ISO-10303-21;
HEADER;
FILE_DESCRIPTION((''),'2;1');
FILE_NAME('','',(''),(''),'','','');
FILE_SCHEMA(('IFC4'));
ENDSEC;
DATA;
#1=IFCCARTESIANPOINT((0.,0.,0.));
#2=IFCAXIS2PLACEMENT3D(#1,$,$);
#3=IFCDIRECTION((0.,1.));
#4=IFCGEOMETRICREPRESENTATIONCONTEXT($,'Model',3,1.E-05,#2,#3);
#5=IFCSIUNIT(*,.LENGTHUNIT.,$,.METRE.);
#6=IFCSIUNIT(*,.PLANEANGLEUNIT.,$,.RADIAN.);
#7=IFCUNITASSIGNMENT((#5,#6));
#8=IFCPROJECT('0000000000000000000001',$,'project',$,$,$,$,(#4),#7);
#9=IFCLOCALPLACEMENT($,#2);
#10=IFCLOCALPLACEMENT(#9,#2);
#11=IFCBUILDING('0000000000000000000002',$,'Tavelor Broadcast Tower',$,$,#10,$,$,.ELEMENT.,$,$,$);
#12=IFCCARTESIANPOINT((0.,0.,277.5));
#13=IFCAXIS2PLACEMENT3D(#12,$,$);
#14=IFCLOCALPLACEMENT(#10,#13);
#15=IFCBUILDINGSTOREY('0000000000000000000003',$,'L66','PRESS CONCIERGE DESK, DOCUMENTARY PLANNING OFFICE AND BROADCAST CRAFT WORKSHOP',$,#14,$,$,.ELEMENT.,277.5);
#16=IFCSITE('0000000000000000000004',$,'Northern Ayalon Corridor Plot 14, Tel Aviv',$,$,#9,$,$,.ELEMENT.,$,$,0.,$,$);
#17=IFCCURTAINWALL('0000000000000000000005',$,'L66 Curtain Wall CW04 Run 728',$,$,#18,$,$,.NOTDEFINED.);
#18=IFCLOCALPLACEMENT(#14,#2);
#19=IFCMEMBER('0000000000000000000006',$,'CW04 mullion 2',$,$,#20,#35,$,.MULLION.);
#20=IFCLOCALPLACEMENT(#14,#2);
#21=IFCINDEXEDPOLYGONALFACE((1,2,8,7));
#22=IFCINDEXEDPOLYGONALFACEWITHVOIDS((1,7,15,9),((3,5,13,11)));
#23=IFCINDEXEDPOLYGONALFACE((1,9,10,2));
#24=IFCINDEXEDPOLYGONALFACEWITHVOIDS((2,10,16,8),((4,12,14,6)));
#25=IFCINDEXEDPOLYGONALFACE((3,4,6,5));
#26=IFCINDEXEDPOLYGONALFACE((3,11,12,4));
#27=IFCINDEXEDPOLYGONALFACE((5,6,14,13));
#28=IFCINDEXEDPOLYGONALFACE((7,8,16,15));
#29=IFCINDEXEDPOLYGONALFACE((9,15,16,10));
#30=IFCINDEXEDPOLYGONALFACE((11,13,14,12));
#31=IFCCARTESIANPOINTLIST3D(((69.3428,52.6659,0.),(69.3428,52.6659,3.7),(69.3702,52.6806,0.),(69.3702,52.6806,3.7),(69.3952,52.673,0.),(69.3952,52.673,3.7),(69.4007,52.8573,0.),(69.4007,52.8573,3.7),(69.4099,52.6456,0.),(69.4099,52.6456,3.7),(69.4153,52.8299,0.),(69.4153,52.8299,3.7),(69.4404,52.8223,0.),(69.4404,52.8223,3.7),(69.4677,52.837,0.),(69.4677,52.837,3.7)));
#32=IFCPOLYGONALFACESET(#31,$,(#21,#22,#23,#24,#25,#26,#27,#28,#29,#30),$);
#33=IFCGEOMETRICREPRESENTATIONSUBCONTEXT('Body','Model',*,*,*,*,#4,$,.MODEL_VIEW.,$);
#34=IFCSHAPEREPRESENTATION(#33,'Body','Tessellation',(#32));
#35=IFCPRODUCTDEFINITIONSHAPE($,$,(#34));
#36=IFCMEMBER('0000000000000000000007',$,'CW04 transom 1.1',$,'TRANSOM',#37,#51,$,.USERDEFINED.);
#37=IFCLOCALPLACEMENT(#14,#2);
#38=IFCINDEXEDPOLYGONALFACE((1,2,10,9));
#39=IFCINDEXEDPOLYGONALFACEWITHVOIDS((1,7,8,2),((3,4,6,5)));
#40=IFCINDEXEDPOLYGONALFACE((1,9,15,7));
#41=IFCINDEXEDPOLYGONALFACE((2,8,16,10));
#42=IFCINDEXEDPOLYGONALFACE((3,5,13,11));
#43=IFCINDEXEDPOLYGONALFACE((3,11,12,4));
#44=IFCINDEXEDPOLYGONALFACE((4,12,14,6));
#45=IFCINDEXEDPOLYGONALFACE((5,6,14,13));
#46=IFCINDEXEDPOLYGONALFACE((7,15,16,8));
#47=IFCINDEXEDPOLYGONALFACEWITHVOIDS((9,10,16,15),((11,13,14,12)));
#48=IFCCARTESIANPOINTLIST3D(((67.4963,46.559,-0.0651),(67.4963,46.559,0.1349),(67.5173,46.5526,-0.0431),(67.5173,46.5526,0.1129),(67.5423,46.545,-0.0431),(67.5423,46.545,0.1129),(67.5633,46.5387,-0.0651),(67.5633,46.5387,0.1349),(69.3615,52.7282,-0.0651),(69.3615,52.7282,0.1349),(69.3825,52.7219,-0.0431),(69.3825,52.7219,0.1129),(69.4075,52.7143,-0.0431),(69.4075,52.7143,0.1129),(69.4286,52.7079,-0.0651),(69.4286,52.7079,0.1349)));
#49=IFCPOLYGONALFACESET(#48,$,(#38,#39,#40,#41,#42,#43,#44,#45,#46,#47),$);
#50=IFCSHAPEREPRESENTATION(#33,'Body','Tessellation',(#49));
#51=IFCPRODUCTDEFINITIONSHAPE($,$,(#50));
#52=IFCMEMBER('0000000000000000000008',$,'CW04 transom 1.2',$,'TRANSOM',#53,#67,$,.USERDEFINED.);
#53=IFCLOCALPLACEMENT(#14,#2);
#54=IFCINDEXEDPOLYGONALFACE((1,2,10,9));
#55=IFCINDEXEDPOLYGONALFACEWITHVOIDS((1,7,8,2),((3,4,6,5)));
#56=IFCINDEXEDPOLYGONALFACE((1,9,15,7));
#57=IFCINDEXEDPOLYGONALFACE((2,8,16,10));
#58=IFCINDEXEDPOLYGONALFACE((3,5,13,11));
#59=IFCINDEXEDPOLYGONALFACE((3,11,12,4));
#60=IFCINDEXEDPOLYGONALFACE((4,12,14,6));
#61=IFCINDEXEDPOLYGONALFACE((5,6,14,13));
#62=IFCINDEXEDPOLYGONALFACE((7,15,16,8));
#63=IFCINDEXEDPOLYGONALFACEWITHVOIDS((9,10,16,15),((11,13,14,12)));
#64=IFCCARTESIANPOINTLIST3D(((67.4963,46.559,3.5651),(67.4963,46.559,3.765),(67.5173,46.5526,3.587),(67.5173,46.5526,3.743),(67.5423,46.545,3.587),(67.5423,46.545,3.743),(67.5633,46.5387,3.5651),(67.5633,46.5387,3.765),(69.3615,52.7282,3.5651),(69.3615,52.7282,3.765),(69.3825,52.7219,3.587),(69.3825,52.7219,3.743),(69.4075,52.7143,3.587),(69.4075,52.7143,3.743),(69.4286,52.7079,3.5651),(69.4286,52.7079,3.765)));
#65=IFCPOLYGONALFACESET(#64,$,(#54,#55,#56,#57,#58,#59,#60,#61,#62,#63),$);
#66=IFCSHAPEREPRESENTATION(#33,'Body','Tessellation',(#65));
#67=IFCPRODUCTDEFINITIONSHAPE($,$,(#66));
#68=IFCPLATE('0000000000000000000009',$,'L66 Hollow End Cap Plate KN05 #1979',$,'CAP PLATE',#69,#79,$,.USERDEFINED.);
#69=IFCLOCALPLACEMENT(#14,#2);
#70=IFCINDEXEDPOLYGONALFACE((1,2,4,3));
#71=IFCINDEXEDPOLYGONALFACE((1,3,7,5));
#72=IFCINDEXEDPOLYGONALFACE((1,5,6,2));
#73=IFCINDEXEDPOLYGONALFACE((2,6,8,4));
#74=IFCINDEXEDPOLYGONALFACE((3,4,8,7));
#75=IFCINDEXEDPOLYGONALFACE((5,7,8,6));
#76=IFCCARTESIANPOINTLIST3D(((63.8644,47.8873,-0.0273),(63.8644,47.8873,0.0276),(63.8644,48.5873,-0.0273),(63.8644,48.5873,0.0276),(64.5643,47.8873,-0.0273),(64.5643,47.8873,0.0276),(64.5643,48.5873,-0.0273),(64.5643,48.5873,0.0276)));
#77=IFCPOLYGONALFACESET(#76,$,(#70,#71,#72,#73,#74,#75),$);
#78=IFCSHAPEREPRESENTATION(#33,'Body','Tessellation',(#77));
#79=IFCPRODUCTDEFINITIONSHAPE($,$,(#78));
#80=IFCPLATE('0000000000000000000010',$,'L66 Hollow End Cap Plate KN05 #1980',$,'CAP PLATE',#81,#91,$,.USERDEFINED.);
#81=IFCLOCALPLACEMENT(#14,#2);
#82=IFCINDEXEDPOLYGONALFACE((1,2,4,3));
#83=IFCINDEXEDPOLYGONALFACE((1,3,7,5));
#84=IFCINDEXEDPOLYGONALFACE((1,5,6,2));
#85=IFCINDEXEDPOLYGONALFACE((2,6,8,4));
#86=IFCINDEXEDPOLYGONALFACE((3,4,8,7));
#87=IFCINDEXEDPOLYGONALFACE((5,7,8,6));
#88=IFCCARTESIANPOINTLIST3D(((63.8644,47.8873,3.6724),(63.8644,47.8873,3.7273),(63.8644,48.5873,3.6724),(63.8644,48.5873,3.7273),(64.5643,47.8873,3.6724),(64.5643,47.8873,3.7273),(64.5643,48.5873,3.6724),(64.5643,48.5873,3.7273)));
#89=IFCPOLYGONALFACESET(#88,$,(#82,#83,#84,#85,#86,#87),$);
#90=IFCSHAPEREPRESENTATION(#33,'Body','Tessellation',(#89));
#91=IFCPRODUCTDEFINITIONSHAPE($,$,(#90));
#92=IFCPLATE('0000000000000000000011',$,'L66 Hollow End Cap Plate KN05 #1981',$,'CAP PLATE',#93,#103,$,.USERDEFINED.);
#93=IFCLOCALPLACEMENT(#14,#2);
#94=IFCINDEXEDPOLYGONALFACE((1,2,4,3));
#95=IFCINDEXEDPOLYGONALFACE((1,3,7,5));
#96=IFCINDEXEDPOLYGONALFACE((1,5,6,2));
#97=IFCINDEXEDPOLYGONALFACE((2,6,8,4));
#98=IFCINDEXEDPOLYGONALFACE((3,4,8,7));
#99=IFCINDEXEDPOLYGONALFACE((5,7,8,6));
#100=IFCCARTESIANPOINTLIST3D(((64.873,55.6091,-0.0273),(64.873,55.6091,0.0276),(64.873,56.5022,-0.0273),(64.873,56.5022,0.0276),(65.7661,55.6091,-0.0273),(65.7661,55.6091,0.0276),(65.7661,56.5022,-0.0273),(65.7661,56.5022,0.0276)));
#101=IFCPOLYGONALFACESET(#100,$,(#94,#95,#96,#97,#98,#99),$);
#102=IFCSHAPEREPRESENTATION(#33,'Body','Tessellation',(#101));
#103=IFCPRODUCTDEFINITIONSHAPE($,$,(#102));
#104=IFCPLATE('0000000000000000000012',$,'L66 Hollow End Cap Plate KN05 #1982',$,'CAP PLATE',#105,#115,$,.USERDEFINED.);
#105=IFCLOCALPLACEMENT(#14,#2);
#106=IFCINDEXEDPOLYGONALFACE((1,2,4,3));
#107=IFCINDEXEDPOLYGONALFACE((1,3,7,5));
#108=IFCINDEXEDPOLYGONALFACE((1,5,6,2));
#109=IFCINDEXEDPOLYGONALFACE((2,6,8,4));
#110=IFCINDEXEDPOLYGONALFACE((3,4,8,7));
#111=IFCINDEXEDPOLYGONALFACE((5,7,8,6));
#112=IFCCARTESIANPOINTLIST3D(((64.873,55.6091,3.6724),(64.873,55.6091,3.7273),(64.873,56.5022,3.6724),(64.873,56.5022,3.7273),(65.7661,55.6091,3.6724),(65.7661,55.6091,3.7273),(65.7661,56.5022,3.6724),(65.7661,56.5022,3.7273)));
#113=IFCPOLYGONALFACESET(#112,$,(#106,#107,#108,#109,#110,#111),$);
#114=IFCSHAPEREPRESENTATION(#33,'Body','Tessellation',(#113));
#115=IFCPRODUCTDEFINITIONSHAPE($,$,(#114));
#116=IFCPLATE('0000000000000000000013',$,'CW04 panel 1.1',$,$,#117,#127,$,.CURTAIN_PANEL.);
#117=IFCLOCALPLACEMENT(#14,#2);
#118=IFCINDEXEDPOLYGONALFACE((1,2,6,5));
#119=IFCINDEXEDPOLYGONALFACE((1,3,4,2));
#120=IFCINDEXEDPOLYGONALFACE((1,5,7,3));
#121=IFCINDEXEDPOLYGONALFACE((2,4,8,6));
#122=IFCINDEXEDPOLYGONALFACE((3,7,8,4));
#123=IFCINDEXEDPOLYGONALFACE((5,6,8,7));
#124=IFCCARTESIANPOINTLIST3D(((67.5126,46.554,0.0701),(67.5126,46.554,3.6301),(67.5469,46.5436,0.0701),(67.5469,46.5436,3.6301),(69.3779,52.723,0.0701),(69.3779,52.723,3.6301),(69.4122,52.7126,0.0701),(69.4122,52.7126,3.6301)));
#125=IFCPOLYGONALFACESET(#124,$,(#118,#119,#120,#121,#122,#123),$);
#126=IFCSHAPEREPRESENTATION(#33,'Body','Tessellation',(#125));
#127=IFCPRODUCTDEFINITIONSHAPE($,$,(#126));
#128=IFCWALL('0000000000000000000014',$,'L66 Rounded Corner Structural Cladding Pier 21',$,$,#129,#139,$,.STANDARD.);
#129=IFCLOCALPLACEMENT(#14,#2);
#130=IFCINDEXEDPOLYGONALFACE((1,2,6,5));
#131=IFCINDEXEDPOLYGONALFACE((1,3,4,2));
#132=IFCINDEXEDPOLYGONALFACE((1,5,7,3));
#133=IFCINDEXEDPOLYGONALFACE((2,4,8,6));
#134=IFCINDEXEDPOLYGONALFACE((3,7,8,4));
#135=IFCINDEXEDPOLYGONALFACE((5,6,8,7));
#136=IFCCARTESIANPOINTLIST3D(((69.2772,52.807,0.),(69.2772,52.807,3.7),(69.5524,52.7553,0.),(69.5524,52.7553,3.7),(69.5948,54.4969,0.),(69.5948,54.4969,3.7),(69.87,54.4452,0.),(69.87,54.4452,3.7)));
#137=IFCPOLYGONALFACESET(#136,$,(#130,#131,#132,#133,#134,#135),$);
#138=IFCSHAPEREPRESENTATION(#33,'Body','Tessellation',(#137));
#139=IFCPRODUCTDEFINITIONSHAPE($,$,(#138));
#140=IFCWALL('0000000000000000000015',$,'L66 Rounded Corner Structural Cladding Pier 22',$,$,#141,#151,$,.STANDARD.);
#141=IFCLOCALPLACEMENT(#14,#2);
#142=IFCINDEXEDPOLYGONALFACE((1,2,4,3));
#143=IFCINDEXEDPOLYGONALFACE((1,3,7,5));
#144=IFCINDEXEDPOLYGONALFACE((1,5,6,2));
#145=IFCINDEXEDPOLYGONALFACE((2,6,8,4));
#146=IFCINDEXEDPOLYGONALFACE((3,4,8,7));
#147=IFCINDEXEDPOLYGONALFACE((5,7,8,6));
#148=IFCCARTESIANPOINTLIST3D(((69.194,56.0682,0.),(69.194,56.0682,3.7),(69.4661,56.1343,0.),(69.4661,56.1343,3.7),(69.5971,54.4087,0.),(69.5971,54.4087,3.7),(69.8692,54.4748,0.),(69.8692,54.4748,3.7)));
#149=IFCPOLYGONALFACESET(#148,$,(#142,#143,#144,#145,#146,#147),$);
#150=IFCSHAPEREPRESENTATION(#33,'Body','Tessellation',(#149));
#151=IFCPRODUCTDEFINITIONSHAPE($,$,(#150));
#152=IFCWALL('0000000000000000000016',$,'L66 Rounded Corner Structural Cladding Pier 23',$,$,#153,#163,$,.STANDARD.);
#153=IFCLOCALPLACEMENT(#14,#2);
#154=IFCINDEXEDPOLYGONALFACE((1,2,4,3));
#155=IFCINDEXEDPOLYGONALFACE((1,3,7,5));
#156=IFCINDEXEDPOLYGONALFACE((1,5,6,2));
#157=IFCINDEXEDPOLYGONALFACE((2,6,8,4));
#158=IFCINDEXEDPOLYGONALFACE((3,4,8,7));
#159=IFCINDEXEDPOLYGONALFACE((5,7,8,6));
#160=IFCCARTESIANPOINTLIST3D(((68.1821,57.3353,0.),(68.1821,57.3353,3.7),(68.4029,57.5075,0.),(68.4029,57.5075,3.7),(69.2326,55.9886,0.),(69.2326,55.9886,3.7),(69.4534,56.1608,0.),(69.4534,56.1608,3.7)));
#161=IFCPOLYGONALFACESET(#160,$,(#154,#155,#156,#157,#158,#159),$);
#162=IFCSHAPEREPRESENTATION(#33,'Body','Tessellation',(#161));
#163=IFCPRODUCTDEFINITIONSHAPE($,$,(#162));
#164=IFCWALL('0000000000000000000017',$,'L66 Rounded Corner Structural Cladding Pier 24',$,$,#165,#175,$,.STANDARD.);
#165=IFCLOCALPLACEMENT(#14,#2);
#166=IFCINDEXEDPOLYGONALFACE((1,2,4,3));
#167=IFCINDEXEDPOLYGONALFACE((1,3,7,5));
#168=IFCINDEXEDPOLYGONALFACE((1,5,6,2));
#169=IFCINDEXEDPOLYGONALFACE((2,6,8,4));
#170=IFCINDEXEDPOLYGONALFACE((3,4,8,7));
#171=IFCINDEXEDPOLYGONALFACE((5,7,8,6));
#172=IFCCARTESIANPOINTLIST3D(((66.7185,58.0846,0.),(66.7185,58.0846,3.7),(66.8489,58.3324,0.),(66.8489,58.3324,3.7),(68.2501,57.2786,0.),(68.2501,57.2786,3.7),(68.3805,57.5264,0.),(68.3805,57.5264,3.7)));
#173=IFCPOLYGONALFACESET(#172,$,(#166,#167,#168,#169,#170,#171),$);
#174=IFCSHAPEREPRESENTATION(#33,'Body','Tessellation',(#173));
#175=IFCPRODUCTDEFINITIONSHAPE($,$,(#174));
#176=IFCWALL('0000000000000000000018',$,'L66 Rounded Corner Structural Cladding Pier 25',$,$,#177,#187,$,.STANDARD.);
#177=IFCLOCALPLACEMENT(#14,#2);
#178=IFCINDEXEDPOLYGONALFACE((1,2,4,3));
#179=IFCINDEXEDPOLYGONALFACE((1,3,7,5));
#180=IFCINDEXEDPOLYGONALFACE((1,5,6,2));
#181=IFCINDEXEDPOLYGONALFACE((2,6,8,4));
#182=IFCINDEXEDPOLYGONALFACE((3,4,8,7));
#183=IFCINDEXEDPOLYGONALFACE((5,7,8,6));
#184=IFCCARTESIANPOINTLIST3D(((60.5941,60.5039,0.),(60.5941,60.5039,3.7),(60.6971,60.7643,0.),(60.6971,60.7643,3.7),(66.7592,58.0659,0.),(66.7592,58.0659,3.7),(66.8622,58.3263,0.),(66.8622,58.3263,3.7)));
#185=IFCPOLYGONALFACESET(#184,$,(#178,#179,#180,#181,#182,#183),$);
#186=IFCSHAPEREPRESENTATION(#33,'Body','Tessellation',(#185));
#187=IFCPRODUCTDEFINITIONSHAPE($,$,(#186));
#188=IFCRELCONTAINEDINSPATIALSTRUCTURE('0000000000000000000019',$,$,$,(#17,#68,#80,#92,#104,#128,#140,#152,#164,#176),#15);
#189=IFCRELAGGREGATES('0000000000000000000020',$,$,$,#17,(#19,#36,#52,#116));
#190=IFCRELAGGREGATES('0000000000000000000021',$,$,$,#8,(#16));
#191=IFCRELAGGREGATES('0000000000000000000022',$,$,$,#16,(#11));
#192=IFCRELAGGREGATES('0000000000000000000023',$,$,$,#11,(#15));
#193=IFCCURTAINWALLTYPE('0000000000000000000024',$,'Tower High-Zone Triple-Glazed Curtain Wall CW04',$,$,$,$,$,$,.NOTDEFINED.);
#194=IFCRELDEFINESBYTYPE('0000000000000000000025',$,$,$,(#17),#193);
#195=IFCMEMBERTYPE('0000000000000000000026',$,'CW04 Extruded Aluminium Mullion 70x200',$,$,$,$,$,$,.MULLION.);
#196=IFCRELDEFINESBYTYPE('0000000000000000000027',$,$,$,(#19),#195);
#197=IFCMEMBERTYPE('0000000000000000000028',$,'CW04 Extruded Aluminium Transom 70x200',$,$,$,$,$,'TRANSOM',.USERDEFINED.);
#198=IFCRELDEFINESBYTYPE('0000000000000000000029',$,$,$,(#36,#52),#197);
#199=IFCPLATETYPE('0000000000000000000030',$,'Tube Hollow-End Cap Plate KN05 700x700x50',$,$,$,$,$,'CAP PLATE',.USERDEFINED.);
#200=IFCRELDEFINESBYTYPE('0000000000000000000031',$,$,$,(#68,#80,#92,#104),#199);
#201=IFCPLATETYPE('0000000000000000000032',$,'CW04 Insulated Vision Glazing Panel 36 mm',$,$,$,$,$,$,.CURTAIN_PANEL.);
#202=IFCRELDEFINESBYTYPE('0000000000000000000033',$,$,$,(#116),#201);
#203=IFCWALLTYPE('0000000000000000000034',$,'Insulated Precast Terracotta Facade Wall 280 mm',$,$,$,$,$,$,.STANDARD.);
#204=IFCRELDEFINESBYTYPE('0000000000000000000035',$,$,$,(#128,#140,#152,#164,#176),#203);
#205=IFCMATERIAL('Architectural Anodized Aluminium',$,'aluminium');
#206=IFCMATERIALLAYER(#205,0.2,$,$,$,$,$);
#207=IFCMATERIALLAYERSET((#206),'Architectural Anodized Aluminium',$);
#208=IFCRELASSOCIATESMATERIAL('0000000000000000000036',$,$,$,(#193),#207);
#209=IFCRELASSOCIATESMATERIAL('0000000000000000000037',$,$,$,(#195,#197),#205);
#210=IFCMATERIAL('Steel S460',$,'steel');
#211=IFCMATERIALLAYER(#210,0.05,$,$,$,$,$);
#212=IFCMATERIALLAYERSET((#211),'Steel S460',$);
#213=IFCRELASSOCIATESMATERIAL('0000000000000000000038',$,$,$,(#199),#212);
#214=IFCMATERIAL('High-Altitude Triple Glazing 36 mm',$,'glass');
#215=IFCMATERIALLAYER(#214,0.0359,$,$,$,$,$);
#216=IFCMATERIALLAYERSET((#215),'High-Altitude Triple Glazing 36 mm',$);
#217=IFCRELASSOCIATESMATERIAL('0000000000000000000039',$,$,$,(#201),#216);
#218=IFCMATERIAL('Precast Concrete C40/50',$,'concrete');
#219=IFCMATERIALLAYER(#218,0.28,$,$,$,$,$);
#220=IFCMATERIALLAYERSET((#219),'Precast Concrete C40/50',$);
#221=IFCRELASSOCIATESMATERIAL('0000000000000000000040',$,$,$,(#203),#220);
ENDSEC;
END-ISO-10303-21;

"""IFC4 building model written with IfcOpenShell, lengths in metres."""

from ifc_helpers import new_model, si_unit, direction, frame, frame_2d, origin, origin_2d, place, context, subcontext, project, spatial, rectangle, hollow_rectangle, extrude, source, transform, mapped, material, layer, layer_set, material_profile, profile_set, type_object, type_shapes, element, aggregate, save


model = new_model("IFC4")

# Units and contexts
model_context = context("Model", 3, precision=1e-05, world=origin(), true_north=direction((0.0, 1.0)))
body_context = subcontext(model_context, "Body", "Model", "MODEL_VIEW")
ifc_project = project(units=[si_unit("LENGTHUNIT", "METRE"), si_unit("PLANEANGLEUNIT", "RADIAN")], contexts=[model_context])

# Site, building, storey
site_placement = place(None, origin())
site = spatial("IfcSite", under=ifc_project, at=site_placement, Name="Northern Ayalon Corridor Plot 14, Tel Aviv", CompositionType="ELEMENT", RefElevation=0.0)
building_placement = place(site_placement, origin())
building = spatial("IfcBuilding", under=site, at=building_placement, Name="Tavelor Broadcast Tower", CompositionType="ELEMENT")
storey_placement = place(building_placement, frame((0.0, 0.0, 277.5)))
storey = spatial("IfcBuildingStorey", under=building, at=storey_placement, Name="L66", Description="PRESS CONCIERGE DESK, DOCUMENTARY PLANNING OFFICE AND BROADCAST CRAFT WORKSHOP", CompositionType="ELEMENT", Elevation=277.5)

# Shared definitions
ifc_material_1 = material(Name="Steel S460", Category="steel")

# Shared definitions
ifc_material_2 = material(Name="Architectural Anodized Aluminium", Category="aluminium")
ifc_layer_1 = layer(ifc_material_2, 0.2)
ifc_layer_set_1 = layer_set([ifc_layer_1], Name="Architectural Anodized Aluminium")
curtain_wall_type = type_object("IfcCurtainWallType", Name="Tower High-Zone Triple-Glazed Curtain Wall CW04", PredefinedType="NOTDEFINED", material=ifc_layer_set_1)
ifc_material_profile_1 = material_profile(ifc_material_2, hollow_rectangle(XDim=0.0701, YDim=0.2, WallThickness=0.022, at=origin_2d()), Name="RHS 70x200x22")
ifc_profile_set_1 = profile_set([ifc_material_profile_1], Name="Architectural Anodized Aluminium")
member_type_1 = type_object("IfcMemberType", Name="CW04 Extruded Aluminium Mullion 70x200", PredefinedType="MULLION", material=ifc_profile_set_1)
shared_shape_1 = source(origin(), body_context, "Body", "SweptSolid", [
    extrude(hollow_rectangle(XDim=0.0701, YDim=0.2, WallThickness=0.022, at=origin_2d()), origin(), (0.0, 0.0, 1.0), 3.7),
])
type_shapes(member_type_1, [shared_shape_1])

# Curtain wall, members
curtain_wall_1_placement = place(storey_placement, origin())
curtain_wall_1 = element("IfcCurtainWall", 1, at=curtain_wall_1_placement, inside=storey, type_object=curtain_wall_type, Name="L66 Curtain Wall CW04 Run 728", PredefinedType="NOTDEFINED")
member_1_placement = place(storey_placement, frame((69.4053, 52.7515, 0.0), z_axis=(0.0, 0.0, 1.0), x_axis=(-0.957201, 0.289423, 0.0)))
member_1 = element("IfcMember", 2, at=member_1_placement, type_object=member_type_1, Name="CW04 mullion 2", PredefinedType="MULLION", context=body_context, shape_type="MappedRepresentation", body=[
    mapped(shared_shape_1, transform((0.0, 0.0, 0.0), scale=1.0)),
])
ifc_material_profile_2 = material_profile(ifc_material_2, hollow_rectangle(XDim=0.0701, YDim=0.2, WallThickness=0.022, at=origin_2d()), Name="RHS 70x200x22")
ifc_profile_set_2 = profile_set([ifc_material_profile_2], Name="Architectural Anodized Aluminium")
member_type_2 = type_object("IfcMemberType", Name="CW04 Extruded Aluminium Transom 70x200", ElementType="TRANSOM", PredefinedType="USERDEFINED", material=ifc_profile_set_2)
shared_shape_2 = source(origin(), body_context, "Body", "SweptSolid", [
    extrude(hollow_rectangle(XDim=0.0701, YDim=0.2, WallThickness=0.022, at=origin_2d()), origin(), (0.0, 0.0, 1.0), 6.4451),
])
type_shapes(member_type_2, [shared_shape_2])
member_2_placement = place(storey_placement, frame((67.5298, 46.5488, 0.0349), z_axis=(0.289408, 0.957206, 0.0), x_axis=(-0.957206, 0.289408, 0.0)))
member_2 = element("IfcMember", 3, at=member_2_placement, type_object=member_type_2, Name="CW04 transom 1.1", ObjectType="TRANSOM", PredefinedType="USERDEFINED", context=body_context, shape_type="MappedRepresentation", body=[
    mapped(shared_shape_2, transform((0.0, 0.0, 0.0), scale=1.0)),
])
member_3_placement = place(storey_placement, frame((67.5298, 46.5488, 3.665), z_axis=(0.289408, 0.957206, 0.0), x_axis=(-0.957206, 0.289408, 0.0)))
member_3 = element("IfcMember", 4, at=member_3_placement, type_object=member_type_2, Name="CW04 transom 1.2", ObjectType="TRANSOM", PredefinedType="USERDEFINED", context=body_context, shape_type="MappedRepresentation", body=[
    mapped(shared_shape_2, transform((0.0, 0.0, 0.0), scale=1.0)),
])

# Plates
ifc_layer_2 = layer(ifc_material_1, 0.05)
ifc_layer_set_2 = layer_set([ifc_layer_2], Name="Steel S460")
plate_type_1 = type_object("IfcPlateType", Name="Tube Hollow-End Cap Plate KN05 700x700x50", ElementType="CAP PLATE", PredefinedType="USERDEFINED", material=ifc_layer_set_2)
shared_shape_3 = source(origin(), body_context, "Body", "SweptSolid", [
    extrude(rectangle(XDim=0.7, YDim=0.7, at=origin_2d()), origin(), (0.0, 0.0, 1.0), 0.0549),
])
for number, where, z_axis, x_axis, name in (
    (5, (64.2144, 48.2373, -0.0273), (0.0, 0.0, 1.0), (1.0, 0.0, 0.0), "L66 Hollow End Cap Plate KN05 #1979"),
    (6, (64.2144, 48.2373, 3.6724), (0.0, 0.0, 1.0), (1.0, 0.0, 0.0), "L66 Hollow End Cap Plate KN05 #1980"),
):
    element("IfcPlate", number, at=place(storey_placement, frame(where, z_axis=z_axis, x_axis=x_axis)), inside=storey, type_object=plate_type_1, Name=name, ObjectType="CAP PLATE", PredefinedType="USERDEFINED", context=body_context, shape_type="MappedRepresentation", body=[
        mapped(shared_shape_3, transform((0.0, 0.0, 0.0), scale=1.0)),
    ])
shared_shape_4 = source(origin(), body_context, "Body", "SweptSolid", [
    extrude(rectangle(XDim=0.8931, YDim=0.8931, at=origin_2d()), origin(), (0.0, 0.0, 1.0), 0.0549),
])
type_shapes(plate_type_1, [shared_shape_3, shared_shape_4])
for number, where, z_axis, x_axis, name in (
    (7, (65.3196, 56.0557, -0.0273), (0.0, 0.0, 1.0), (1.0, 0.0, 0.0), "L66 Hollow End Cap Plate KN05 #1981"),
    (8, (65.3196, 56.0557, 3.6724), (0.0, 0.0, 1.0), (1.0, 0.0, 0.0), "L66 Hollow End Cap Plate KN05 #1982"),
):
    element("IfcPlate", number, at=place(storey_placement, frame(where, z_axis=z_axis, x_axis=x_axis)), inside=storey, type_object=plate_type_1, Name=name, ObjectType="CAP PLATE", PredefinedType="USERDEFINED", context=body_context, shape_type="MappedRepresentation", body=[
        mapped(shared_shape_4, transform((0.0, 0.0, 0.0), scale=1.0)),
    ])

# Plate
ifc_material_3 = material(Name="High-Altitude Triple Glazing 36 mm", Category="glass")
ifc_layer_3 = layer(ifc_material_3, 0.0359)
ifc_layer_set_3 = layer_set([ifc_layer_3], Name="High-Altitude Triple Glazing 36 mm")
plate_type_2 = type_object("IfcPlateType", Name="CW04 Insulated Vision Glazing Panel 36 mm", PredefinedType="CURTAIN_PANEL", material=ifc_layer_set_3)
shared_shape_5 = source(origin(), body_context, "Body", "SweptSolid", [
    extrude(rectangle(XDim=6.4448, YDim=0.0359, at=origin_2d()), origin(), (0.0, 0.0, 1.0), 3.5601),
])
type_shapes(plate_type_2, [shared_shape_5])
plate_placement = place(storey_placement, frame((68.4624, 49.6333, 0.0701), z_axis=(0.0, 0.0, 1.0), x_axis=(0.289423, 0.957201, 0.0)))
plate = element("IfcPlate", 9, at=plate_placement, type_object=plate_type_2, Name="CW04 panel 1.1", PredefinedType="CURTAIN_PANEL", context=body_context, shape_type="MappedRepresentation", body=[
    mapped(shared_shape_5, transform((0.0, 0.0, 0.0), scale=1.0)),
])
aggregate(curtain_wall_1, [member_1, member_2, member_3, plate])

# Walls
ifc_material_4 = material(Name="Precast Concrete C40/50", Category="concrete")
ifc_layer_4 = layer(ifc_material_4, 0.28)
ifc_layer_set_4 = layer_set([ifc_layer_4], Name="Precast Concrete C40/50")
wall_type_1 = type_object("IfcWallType", Name="Insulated Precast Terracotta Facade Wall 280 mm", PredefinedType="STANDARD", material=ifc_layer_set_4)
wall_1_placement = place(storey_placement, frame((69.4148, 52.781, 0.0), z_axis=(0.0, 0.0, 1.0), x_axis=(0.184717, 0.982792, 0.0)))
element("IfcWall", 10, at=wall_1_placement, inside=storey, type_object=wall_type_1, Name="L66 Rounded Corner Structural Cladding Pier 21", PredefinedType="STANDARD", context=body_context, shape_type="SweptSolid", body=[
    extrude(rectangle(XDim=1.7195, YDim=0.28, at=frame_2d((0.8599, 0.0))), origin(), (0.0, 0.0, 1.0), 3.7),
])
wall_2_placement = place(storey_placement, frame((69.7332, 54.4417, 0.0), z_axis=(0.0, 0.0, 1.0), x_axis=(-0.236038, 0.971744, 0.0)))
element("IfcWall", 11, at=wall_2_placement, inside=storey, type_object=wall_type_1, Name="L66 Rounded Corner Structural Cladding Pier 22", PredefinedType="STANDARD", context=body_context, shape_type="SweptSolid", body=[
    extrude(rectangle(XDim=1.7078, YDim=0.28, at=frame_2d((0.854, 0.0))), origin(), (0.0, 0.0, 1.0), 3.7),
])
wall_3_placement = place(storey_placement, frame((69.343, 56.0747, 0.0), z_axis=(0.0, 0.0, 1.0), x_axis=(-0.615078, 0.788466, 0.0)))
element("IfcWall", 12, at=wall_3_placement, inside=storey, type_object=wall_type_1, Name="L66 Rounded Corner Structural Cladding Pier 23", PredefinedType="STANDARD", context=body_context, shape_type="SweptSolid", body=[
    extrude(rectangle(XDim=1.708, YDim=0.28, at=frame_2d((0.854, 0.0))), origin(), (0.0, 0.0, 1.0), 3.7),
])
wall_4_placement = place(storey_placement, frame((68.3152, 57.4026, 0.0), z_axis=(0.0, 0.0, 1.0), x_axis=(-0.884952, 0.465682, 0.0)))
element("IfcWall", 13, at=wall_4_placement, inside=storey, type_object=wall_type_1, Name="L66 Rounded Corner Structural Cladding Pier 24", PredefinedType="STANDARD", context=body_context, shape_type="SweptSolid", body=[
    extrude(rectangle(XDim=1.7307, YDim=0.28, at=frame_2d((0.8652, 0.0))), origin(), (0.0, 0.0, 1.0), 3.7),
])
wall_5_placement = place(storey_placement, frame((66.8108, 58.196, 0.0), z_axis=(0.0, 0.0, 1.0), x_axis=(-0.929927, 0.367743, 0.0)))
element("IfcWall", 14, at=wall_5_placement, inside=storey, type_object=wall_type_1, Name="L66 Rounded Corner Structural Cladding Pier 25", PredefinedType="STANDARD", context=body_context, shape_type="SweptSolid", body=[
    extrude(rectangle(XDim=6.6296, YDim=0.28, at=frame_2d((3.3149, 0.0))), origin(), (0.0, 0.0, 1.0), 3.7),
])

save(model, "model.ifc")
